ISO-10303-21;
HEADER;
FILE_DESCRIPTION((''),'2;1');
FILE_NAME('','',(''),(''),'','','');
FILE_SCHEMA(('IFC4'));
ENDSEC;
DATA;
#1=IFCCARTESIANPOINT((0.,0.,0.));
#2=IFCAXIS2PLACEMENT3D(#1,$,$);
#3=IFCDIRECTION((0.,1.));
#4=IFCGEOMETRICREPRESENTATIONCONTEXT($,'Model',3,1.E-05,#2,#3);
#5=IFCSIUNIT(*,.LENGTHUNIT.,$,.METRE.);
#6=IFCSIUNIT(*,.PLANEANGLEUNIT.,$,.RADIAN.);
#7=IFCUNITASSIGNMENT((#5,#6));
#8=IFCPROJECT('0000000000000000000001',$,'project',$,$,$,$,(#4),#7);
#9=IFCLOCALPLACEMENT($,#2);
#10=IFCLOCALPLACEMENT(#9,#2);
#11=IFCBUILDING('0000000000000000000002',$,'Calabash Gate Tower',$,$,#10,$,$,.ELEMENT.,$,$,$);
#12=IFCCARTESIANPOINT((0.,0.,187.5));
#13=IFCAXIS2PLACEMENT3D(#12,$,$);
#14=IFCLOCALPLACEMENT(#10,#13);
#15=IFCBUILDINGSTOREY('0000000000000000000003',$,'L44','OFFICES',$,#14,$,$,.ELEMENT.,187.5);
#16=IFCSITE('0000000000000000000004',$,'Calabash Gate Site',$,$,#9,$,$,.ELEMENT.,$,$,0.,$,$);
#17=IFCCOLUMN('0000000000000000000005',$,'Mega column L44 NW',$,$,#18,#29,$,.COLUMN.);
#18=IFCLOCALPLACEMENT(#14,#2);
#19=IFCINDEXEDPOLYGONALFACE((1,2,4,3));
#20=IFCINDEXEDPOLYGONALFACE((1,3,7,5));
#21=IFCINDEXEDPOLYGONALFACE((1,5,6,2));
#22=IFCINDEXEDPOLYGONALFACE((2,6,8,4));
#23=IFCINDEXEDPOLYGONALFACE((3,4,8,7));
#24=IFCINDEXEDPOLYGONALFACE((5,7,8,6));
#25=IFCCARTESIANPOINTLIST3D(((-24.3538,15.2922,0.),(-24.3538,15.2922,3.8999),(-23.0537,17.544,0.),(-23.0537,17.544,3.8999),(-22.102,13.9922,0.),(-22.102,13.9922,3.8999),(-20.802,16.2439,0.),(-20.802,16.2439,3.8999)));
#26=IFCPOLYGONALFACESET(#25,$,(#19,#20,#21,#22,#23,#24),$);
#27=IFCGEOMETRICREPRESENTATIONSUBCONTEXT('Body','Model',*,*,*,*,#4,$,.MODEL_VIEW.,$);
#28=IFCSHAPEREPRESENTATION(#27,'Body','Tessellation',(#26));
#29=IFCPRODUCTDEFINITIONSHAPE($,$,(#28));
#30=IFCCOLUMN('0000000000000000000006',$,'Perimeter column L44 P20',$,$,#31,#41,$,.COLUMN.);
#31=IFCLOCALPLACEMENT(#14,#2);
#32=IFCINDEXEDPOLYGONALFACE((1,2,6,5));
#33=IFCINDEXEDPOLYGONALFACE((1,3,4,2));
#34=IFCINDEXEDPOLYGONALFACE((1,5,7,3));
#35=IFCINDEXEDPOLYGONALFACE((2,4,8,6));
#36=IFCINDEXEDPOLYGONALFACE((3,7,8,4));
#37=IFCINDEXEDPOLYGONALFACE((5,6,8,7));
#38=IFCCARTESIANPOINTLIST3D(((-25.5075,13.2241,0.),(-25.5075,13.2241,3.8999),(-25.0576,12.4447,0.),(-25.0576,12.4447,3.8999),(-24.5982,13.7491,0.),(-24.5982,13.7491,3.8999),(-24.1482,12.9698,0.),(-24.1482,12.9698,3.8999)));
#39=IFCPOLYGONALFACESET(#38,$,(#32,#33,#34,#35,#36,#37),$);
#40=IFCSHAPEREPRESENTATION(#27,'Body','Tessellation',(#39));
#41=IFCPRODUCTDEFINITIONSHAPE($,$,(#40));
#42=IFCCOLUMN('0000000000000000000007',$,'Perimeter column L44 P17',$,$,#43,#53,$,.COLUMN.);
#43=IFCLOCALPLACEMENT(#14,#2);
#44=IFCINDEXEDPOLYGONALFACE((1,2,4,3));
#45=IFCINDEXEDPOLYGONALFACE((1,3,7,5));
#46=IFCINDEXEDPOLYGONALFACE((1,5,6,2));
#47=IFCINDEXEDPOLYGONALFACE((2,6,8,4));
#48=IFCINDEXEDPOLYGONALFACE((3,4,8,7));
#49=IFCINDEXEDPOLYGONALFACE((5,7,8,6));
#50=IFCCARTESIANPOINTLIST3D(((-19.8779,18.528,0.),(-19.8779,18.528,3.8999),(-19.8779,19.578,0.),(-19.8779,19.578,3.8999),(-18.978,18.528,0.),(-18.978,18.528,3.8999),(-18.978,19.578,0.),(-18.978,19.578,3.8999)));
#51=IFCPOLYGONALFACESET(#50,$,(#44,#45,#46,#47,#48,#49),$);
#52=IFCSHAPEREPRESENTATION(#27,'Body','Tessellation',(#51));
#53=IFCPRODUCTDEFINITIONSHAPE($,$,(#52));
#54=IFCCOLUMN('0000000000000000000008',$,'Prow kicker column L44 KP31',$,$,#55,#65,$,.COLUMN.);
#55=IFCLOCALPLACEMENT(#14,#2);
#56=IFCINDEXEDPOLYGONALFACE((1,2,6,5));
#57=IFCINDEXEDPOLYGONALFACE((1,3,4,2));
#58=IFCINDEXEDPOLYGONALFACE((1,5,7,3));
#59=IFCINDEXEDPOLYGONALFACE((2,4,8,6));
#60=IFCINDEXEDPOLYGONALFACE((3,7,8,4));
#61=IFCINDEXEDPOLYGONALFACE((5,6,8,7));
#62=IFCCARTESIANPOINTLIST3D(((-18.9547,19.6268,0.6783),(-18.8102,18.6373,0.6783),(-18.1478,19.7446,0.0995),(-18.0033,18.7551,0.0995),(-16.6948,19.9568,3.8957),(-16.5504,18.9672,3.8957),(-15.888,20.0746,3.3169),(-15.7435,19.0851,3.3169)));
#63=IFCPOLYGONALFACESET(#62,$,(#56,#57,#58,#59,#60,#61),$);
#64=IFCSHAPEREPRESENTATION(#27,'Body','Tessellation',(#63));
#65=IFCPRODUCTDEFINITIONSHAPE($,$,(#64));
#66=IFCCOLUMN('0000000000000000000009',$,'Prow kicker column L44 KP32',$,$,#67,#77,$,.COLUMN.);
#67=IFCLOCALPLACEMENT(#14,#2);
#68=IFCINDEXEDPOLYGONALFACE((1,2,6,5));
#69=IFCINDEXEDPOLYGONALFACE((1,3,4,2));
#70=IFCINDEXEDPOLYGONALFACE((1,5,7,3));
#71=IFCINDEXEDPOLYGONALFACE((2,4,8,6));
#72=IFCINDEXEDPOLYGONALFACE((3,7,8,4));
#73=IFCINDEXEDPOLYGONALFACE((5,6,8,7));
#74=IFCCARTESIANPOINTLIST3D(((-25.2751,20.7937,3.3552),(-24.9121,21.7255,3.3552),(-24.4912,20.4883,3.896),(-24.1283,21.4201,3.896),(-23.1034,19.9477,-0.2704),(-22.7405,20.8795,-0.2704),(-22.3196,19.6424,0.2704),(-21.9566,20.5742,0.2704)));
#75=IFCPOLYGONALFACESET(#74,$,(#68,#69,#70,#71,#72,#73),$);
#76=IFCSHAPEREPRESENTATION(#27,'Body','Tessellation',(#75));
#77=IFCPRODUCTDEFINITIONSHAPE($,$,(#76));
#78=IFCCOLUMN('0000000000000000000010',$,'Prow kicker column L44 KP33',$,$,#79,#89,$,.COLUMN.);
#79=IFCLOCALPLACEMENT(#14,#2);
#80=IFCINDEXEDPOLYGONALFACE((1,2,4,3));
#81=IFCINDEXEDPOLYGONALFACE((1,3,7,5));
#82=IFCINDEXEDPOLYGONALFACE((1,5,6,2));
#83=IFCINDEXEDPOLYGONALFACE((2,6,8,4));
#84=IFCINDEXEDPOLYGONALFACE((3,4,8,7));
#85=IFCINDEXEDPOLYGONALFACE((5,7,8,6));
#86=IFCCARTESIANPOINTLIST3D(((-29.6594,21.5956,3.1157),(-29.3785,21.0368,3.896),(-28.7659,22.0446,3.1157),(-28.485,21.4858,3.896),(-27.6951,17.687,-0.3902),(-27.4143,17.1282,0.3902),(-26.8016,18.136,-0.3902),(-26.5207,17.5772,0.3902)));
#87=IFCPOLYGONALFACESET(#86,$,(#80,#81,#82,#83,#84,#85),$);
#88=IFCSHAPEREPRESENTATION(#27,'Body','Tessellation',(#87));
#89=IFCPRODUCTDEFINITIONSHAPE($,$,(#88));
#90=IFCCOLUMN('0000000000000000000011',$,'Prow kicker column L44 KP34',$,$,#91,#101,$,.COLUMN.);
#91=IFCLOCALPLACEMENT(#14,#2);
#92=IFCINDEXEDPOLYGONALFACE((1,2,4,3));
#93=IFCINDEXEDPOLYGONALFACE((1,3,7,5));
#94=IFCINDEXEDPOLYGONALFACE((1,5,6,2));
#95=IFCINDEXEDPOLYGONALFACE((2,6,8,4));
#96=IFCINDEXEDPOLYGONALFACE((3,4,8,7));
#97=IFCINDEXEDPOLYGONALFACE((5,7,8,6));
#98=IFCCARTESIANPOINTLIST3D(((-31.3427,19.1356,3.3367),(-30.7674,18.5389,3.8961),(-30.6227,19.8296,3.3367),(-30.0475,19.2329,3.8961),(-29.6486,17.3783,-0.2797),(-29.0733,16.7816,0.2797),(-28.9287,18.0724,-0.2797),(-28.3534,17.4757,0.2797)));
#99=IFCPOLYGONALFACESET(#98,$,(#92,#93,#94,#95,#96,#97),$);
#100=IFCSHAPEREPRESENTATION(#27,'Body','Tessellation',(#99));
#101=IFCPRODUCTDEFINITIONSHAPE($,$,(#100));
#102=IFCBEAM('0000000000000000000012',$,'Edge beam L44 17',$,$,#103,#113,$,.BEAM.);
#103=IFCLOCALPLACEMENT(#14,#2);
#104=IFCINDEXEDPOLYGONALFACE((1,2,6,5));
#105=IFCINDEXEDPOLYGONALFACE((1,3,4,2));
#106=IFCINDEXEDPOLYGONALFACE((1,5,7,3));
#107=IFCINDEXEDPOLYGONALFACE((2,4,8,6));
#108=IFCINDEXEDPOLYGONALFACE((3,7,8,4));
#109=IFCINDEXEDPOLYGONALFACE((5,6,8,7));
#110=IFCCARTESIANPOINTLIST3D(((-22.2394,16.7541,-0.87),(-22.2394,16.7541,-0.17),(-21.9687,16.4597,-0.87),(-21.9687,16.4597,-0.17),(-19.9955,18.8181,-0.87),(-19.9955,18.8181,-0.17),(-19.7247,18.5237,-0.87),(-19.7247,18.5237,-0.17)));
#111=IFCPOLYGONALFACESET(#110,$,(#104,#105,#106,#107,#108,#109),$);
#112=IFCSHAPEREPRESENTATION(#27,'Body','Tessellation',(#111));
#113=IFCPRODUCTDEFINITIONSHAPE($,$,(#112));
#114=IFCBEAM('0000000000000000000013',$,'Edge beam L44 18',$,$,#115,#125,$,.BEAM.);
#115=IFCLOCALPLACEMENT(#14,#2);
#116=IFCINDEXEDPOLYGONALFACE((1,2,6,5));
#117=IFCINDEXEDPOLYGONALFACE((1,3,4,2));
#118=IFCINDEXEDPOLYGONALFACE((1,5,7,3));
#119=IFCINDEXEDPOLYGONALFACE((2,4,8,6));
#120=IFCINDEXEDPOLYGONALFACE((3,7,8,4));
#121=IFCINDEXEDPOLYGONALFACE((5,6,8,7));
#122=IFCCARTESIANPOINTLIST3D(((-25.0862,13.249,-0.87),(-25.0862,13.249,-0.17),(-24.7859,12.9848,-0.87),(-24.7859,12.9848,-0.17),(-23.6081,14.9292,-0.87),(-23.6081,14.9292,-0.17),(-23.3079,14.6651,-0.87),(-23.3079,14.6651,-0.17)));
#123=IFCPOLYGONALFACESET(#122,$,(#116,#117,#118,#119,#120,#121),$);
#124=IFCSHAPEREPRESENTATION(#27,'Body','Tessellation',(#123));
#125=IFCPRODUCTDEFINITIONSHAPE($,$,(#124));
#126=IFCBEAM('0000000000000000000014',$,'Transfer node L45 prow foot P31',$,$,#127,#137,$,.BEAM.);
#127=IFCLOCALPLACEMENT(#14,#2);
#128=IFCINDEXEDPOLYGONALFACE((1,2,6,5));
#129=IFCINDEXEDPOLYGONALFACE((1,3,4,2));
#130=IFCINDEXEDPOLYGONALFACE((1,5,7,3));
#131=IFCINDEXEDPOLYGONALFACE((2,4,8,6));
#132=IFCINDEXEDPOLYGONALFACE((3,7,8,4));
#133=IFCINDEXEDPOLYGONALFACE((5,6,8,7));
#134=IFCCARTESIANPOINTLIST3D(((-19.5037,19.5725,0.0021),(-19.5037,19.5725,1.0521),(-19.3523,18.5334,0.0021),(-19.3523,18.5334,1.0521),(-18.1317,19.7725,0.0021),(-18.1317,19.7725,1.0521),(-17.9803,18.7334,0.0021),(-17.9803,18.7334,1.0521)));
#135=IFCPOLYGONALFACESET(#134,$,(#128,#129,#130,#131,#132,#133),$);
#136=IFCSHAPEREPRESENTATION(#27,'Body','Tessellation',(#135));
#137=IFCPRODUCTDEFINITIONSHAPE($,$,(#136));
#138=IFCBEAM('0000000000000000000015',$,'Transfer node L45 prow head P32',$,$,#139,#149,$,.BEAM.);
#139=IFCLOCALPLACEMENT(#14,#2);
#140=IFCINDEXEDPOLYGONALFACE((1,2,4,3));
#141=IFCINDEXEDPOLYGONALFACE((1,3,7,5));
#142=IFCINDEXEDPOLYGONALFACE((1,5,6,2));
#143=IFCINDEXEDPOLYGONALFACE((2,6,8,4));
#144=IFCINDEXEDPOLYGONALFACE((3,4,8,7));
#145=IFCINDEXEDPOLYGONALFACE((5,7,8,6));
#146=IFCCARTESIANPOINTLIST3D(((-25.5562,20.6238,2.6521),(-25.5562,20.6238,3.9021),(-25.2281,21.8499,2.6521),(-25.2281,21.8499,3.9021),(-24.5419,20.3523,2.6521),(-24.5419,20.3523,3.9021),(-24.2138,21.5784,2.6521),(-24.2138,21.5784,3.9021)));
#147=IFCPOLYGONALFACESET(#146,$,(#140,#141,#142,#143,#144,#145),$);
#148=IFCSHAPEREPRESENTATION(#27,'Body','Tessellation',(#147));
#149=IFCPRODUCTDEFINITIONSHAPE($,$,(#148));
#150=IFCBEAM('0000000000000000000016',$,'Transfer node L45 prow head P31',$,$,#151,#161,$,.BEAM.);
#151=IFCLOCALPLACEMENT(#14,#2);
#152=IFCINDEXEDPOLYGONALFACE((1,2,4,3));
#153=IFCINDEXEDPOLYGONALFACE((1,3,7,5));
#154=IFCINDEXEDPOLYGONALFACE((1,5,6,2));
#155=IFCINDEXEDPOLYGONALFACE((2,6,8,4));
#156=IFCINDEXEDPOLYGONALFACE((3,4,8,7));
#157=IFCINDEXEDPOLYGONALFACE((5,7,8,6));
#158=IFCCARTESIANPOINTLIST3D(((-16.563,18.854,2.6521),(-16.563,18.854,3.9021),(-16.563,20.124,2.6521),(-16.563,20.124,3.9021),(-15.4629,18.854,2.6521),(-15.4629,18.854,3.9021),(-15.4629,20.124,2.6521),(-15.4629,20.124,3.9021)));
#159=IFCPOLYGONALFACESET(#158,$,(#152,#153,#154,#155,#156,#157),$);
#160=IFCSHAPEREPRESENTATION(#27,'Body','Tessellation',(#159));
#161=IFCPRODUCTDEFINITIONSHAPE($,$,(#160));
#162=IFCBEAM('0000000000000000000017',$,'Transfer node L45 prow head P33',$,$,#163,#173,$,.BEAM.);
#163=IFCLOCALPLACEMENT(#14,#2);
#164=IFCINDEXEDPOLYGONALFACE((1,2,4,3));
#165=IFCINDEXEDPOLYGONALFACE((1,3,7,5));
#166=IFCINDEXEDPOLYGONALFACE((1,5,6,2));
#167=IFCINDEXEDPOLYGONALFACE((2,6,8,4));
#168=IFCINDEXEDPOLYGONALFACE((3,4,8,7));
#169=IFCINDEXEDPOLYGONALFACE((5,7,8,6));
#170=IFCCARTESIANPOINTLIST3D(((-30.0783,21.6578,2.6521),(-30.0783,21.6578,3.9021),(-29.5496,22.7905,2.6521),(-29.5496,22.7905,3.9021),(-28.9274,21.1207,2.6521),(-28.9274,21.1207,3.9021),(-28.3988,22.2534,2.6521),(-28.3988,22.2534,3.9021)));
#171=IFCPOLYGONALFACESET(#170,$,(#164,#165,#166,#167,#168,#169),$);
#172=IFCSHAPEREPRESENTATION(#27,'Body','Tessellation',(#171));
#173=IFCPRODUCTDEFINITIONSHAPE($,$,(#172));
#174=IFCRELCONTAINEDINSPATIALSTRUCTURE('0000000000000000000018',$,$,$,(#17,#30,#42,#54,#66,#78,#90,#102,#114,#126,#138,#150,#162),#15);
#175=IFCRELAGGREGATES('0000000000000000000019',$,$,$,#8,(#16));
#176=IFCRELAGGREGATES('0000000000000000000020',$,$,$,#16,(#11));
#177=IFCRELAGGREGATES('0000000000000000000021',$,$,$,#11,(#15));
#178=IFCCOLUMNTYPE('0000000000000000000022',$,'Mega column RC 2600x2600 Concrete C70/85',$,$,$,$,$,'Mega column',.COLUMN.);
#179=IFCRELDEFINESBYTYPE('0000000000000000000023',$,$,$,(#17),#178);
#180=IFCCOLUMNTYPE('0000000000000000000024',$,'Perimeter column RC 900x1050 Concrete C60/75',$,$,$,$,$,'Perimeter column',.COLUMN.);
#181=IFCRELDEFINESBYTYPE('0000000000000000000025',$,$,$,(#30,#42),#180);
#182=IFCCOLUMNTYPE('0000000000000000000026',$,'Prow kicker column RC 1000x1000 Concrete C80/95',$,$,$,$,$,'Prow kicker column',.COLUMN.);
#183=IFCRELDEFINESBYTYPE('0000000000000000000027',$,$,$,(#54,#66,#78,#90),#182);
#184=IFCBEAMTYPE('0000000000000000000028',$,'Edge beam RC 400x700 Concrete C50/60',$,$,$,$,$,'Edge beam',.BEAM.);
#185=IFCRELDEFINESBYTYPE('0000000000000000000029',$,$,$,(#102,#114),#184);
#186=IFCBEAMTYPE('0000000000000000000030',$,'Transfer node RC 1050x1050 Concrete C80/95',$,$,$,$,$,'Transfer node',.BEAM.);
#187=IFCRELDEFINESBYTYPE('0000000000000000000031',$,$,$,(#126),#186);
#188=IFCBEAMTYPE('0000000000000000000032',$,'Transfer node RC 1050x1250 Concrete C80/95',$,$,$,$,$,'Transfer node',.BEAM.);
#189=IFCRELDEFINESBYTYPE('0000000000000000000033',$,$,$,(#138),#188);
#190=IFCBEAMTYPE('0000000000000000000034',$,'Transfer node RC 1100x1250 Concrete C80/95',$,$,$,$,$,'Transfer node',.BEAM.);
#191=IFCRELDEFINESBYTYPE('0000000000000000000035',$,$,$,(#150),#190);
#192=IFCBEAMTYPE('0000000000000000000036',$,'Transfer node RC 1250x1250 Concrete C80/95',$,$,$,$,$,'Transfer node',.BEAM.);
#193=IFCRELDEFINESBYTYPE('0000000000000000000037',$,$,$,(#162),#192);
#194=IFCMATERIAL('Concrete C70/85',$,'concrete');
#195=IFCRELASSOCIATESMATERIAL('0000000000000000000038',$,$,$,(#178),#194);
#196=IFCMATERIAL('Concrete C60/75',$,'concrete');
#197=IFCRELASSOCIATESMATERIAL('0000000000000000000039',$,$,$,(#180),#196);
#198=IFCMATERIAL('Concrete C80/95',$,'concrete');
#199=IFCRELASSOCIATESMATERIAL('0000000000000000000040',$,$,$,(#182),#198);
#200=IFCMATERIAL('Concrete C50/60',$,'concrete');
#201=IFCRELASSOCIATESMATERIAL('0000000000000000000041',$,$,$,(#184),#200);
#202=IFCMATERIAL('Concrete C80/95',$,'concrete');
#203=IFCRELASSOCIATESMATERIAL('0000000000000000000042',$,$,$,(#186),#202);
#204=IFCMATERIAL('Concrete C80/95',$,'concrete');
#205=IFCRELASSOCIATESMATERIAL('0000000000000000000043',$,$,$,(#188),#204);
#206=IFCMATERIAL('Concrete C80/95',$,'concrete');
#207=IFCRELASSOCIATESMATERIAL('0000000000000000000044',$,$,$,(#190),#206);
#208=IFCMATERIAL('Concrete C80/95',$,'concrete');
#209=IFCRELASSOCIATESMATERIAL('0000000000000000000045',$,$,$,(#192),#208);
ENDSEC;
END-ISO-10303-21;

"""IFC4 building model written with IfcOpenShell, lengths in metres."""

from ifc_helpers import new_model, si_unit, direction, frame, origin, origin_2d, place, context, subcontext, project, spatial, rectangle, extrude, clip, halfspace, material, material_profile, profile_set, type_object, element, save


model = new_model("IFC4")

# Units and contexts
model_context = context("Model", 3, precision=1e-05, world=origin(), true_north=direction((0.0, 1.0)))
body_context = subcontext(model_context, "Body", "Model", "MODEL_VIEW")
ifc_project = project(units=[si_unit("LENGTHUNIT", "METRE"), si_unit("PLANEANGLEUNIT", "RADIAN")], contexts=[model_context])

# Site, building, storey
site_placement = place(None, origin())
site = spatial("IfcSite", under=ifc_project, at=site_placement, Name="Calabash Gate Site", CompositionType="ELEMENT", RefElevation=0.0)
building_placement = place(site_placement, origin())
building = spatial("IfcBuilding", under=site, at=building_placement, Name="Calabash Gate Tower", CompositionType="ELEMENT")
storey_placement = place(building_placement, frame((0.0, 0.0, 187.5)))
storey = spatial("IfcBuildingStorey", under=building, at=storey_placement, Name="L44", Description="OFFICES", CompositionType="ELEMENT", Elevation=187.5)

# Columns
ifc_material_1 = material(Name="Concrete C70/85", Category="concrete")
ifc_material_profile_1 = material_profile(ifc_material_1, rectangle(XDim=2.6001, YDim=2.6001, at=origin_2d()))
ifc_profile_set_1 = profile_set([ifc_material_profile_1], Name="Concrete C70/85")
column_type_1 = type_object("IfcColumnType", Name="Mega column RC 2600x2600 Concrete C70/85", ElementType="Mega column", PredefinedType="COLUMN", material=ifc_profile_set_1)
column_1_placement = place(storey_placement, frame((-22.5779, 15.7681, 0.0), z_axis=(0.0, 0.0, 1.0), x_axis=(0.866025, -0.5, 0.0)))
element("IfcColumn", 1, at=column_1_placement, inside=storey, type_object=column_type_1, Name="Mega column L44 NW", PredefinedType="COLUMN", context=body_context, shape_type="SweptSolid", body=[
    extrude(rectangle(XDim=2.6001, YDim=2.6001, at=origin_2d()), origin(), (0.0, 0.0, 1.0), 3.8999),
])
ifc_material_2 = material(Name="Concrete C60/75", Category="concrete")
ifc_material_profile_2 = material_profile(ifc_material_2, rectangle(XDim=0.8999, YDim=1.05, at=origin_2d()))
ifc_profile_set_2 = profile_set([ifc_material_profile_2], Name="Concrete C60/75")
column_type_2 = type_object("IfcColumnType", Name="Perimeter column RC 900x1050 Concrete C60/75", ElementType="Perimeter column", PredefinedType="COLUMN", material=ifc_profile_set_2)
for number, where, z_axis, x_axis, name in (
    (2, (-24.8279, 13.0969, 0.0), (0.0, 0.0, 1.0), (0.5, -0.866025, 0.0), "Perimeter column L44 P20"),
    (3, (-19.428, 19.053, 0.0), (0.0, 0.0, 1.0), (-1.0, 0.0, 0.0), "Perimeter column L44 P17"),
):
    element("IfcColumn", number, at=place(storey_placement, frame(where, z_axis=z_axis, x_axis=x_axis)), inside=storey, type_object=column_type_2, Name=name, PredefinedType="COLUMN", context=body_context, shape_type="SweptSolid", body=[
        extrude(rectangle(XDim=0.8999, YDim=1.05, at=origin_2d()), origin(), (0.0, 0.0, 1.0), 3.8999),
    ])
ifc_material_3 = material(Name="Concrete C80/95", Category="concrete")
ifc_material_profile_3 = material_profile(ifc_material_3, rectangle(XDim=1.0, YDim=1.0, at=origin_2d()))
ifc_profile_set_3 = profile_set([ifc_material_profile_3], Name="Concrete C80/95")
column_type_3 = type_object("IfcColumnType", Name="Prow kicker column RC 1000x1000 Concrete C80/95", ElementType="Prow kicker column", PredefinedType="COLUMN", material=ifc_profile_set_3)
column_2_placement = place(storey_placement, frame((-18.479, 19.1909, 0.3889), z_axis=(0.572758, 0.083637, 0.815447), x_axis=(-0.806889, -0.117826, 0.578832)))
element("IfcColumn", 4, at=column_2_placement, inside=storey, type_object=column_type_3, Name="Prow kicker column L44 KP31", PredefinedType="COLUMN", context=body_context, shape_type="Clipping", body=[
    clip(extrude(rectangle(XDim=1.0, YDim=1.0, at=origin_2d()), origin(), (0.0, 0.0, 1.0), 4.3057), halfspace(frame((0.0, 0.0, 3.9456), z_axis=(0.0, 0.0, 1.0), x_axis=(1.0, 0.0, 0.0)), False)),
])
column_3_placement = place(storey_placement, frame((-22.53, 20.261, 0.0), z_axis=(-0.503854, 0.196265, 0.841196), x_axis=(0.78383, -0.305323, 0.54073)))
element("IfcColumn", 5, at=column_3_placement, inside=storey, type_object=column_type_3, Name="Prow kicker column L44 KP32", PredefinedType="COLUMN", context=body_context, shape_type="Clipping", body=[
    clip(extrude(rectangle(XDim=1.0, YDim=1.0, at=origin_2d()), origin(), (0.0, 0.0, 1.0), 4.6362), halfspace(frame((0.0, 0.0, 4.3101), z_axis=(0.0, 0.0, 1.0), x_axis=(1.0, 0.0, 0.0)), False)),
])
column_4_placement = place(storey_placement, frame((-27.1079, 17.6321, 0.0), z_axis=(-0.350393, 0.697224, 0.625383), x_axis=(0.280821, -0.558787, 0.780318)))
element("IfcColumn", 6, at=column_4_placement, inside=storey, type_object=column_type_3, Name="Prow kicker column L44 KP33", PredefinedType="COLUMN", context=body_context, shape_type="Clipping", body=[
    clip(extrude(rectangle(XDim=1.0, YDim=1.0, at=origin_2d()), origin(), (0.0, 0.0, 1.0), 6.2361), halfspace(frame((0.0, 0.0, 5.606), z_axis=(0.0, 0.0, 1.0), x_axis=(1.0, 0.0, 0.0)), False)),
])
column_5_placement = place(storey_placement, frame((-29.001, 17.427, 0.0), z_axis=(-0.388282, 0.402759, 0.828868), x_axis=(0.575276, -0.596724, 0.559444)))
element("IfcColumn", 7, at=column_5_placement, inside=storey, type_object=column_type_3, Name="Prow kicker column L44 KP34", PredefinedType="COLUMN", context=body_context, shape_type="Clipping", body=[
    clip(extrude(rectangle(XDim=1.0, YDim=1.0, at=origin_2d()), origin(), (0.0, 0.0, 1.0), 4.7051), halfspace(frame((0.0, 0.0, 4.363), z_axis=(0.0, 0.0, 1.0), x_axis=(1.0, 0.0, 0.0)), False)),
])

# Beams
ifc_material_4 = material(Name="Concrete C50/60", Category="concrete")
ifc_material_profile_4 = material_profile(ifc_material_4, rectangle(XDim=0.3999, YDim=0.7, at=origin_2d()))
ifc_profile_set_4 = profile_set([ifc_material_profile_4], Name="Concrete C50/60")
beam_type_1 = type_object("IfcBeamType", Name="Edge beam RC 400x700 Concrete C50/60", ElementType="Edge beam", PredefinedType="BEAM", material=ifc_profile_set_4)
beam_1_placement = place(storey_placement, frame((-19.8601, 18.6709, -0.52), z_axis=(-0.736, -0.676982, 0.0), x_axis=(0.676982, -0.736, 0.0)))
element("IfcBeam", 8, at=beam_1_placement, inside=storey, type_object=beam_type_1, Name="Edge beam L44 17", PredefinedType="BEAM", context=body_context, shape_type="SweptSolid", body=[
    extrude(rectangle(XDim=0.3999, YDim=0.7, at=origin_2d()), origin(), (0.0, 0.0, 1.0), 3.0488),
])
beam_2_placement = place(storey_placement, frame((-23.458, 14.7971, -0.52), z_axis=(-0.660495, -0.75083, 0.0), x_axis=(0.75083, -0.660495, 0.0)))
element("IfcBeam", 9, at=beam_2_placement, inside=storey, type_object=beam_type_1, Name="Edge beam L44 18", PredefinedType="BEAM", context=body_context, shape_type="SweptSolid", body=[
    extrude(rectangle(XDim=0.3999, YDim=0.7, at=origin_2d()), origin(), (0.0, 0.0, 1.0), 2.2378),
])
ifc_material_5 = material(Name="Concrete C80/95", Category="concrete")
ifc_material_profile_5 = material_profile(ifc_material_5, rectangle(XDim=1.05, YDim=1.05, at=origin_2d()))
ifc_profile_set_5 = profile_set([ifc_material_profile_5], Name="Concrete C80/95")
beam_type_2 = type_object("IfcBeamType", Name="Transfer node RC 1050x1050 Concrete C80/95", ElementType="Transfer node", PredefinedType="BEAM", material=ifc_profile_set_5)
beam_3_placement = place(storey_placement, frame((-19.428, 19.053, 0.5271), z_axis=(0.989548, 0.144206, 0.0), x_axis=(-0.144206, 0.989548, 0.0)))
element("IfcBeam", 10, at=beam_3_placement, inside=storey, type_object=beam_type_2, Name="Transfer node L45 prow foot P31", PredefinedType="BEAM", context=body_context, shape_type="SweptSolid", body=[
    extrude(rectangle(XDim=1.05, YDim=1.05, at=origin_2d()), origin(), (0.0, 0.0, 1.0), 1.3865),
])
ifc_material_6 = material(Name="Concrete C80/95", Category="concrete")
ifc_material_profile_6 = material_profile(ifc_material_6, rectangle(XDim=1.05, YDim=1.25, at=origin_2d()))
ifc_profile_set_6 = profile_set([ifc_material_profile_6], Name="Concrete C80/95")
beam_type_3 = type_object("IfcBeamType", Name="Transfer node RC 1050x1250 Concrete C80/95", ElementType="Transfer node", PredefinedType="BEAM", material=ifc_profile_set_6)
beam_4_placement = place(storey_placement, frame((-25.0491, 20.488, 3.2771), z_axis=(0.258525, 0.966005, 0.0), x_axis=(-0.966005, 0.258525, 0.0)))
element("IfcBeam", 11, at=beam_4_placement, inside=storey, type_object=beam_type_3, Name="Transfer node L45 prow head P32", PredefinedType="BEAM", context=body_context, shape_type="SweptSolid", body=[
    extrude(rectangle(XDim=1.05, YDim=1.25, at=origin_2d()), origin(), (0.0, 0.0, 1.0), 1.2693),
])
ifc_material_7 = material(Name="Concrete C80/95", Category="concrete")
ifc_material_profile_7 = material_profile(ifc_material_7, rectangle(XDim=1.1001, YDim=1.25, at=origin_2d()))
ifc_profile_set_7 = profile_set([ifc_material_profile_7], Name="Concrete C80/95")
beam_type_4 = type_object("IfcBeamType", Name="Transfer node RC 1100x1250 Concrete C80/95", ElementType="Transfer node", PredefinedType="BEAM", material=ifc_profile_set_7)
beam_5_placement = place(storey_placement, frame((-16.0129, 18.854, 3.2771), z_axis=(0.0, 1.0, 0.0), x_axis=(-1.0, 0.0, 0.0)))
element("IfcBeam", 12, at=beam_5_placement, inside=storey, type_object=beam_type_4, Name="Transfer node L45 prow head P31", PredefinedType="BEAM", context=body_context, shape_type="SweptSolid", body=[
    extrude(rectangle(XDim=1.1001, YDim=1.25, at=origin_2d()), origin(), (0.0, 0.0, 1.0), 1.27),
])
ifc_material_8 = material(Name="Concrete C80/95", Category="concrete")
ifc_material_profile_8 = material_profile(ifc_material_8, rectangle(XDim=1.25, YDim=1.25, at=origin_2d()))
ifc_profile_set_8 = profile_set([ifc_material_profile_8], Name="Concrete C80/95")
beam_type_5 = type_object("IfcBeamType", Name="Transfer node RC 1250x1250 Concrete C80/95", ElementType="Transfer node", PredefinedType="BEAM", material=ifc_profile_set_8)
beam_6_placement = place(storey_placement, frame((-28.6631, 21.687, 3.2771), z_axis=(-0.906173, 0.422907, 0.0), x_axis=(-0.422907, -0.906173, 0.0)))
element("IfcBeam", 13, at=beam_6_placement, inside=storey, type_object=beam_type_5, Name="Transfer node L45 prow head P33", PredefinedType="BEAM", context=body_context, shape_type="SweptSolid", body=[
    extrude(rectangle(XDim=1.25, YDim=1.25, at=origin_2d()), origin(), (0.0, 0.0, 1.0), 1.27),
])

save(model, "model.ifc")
